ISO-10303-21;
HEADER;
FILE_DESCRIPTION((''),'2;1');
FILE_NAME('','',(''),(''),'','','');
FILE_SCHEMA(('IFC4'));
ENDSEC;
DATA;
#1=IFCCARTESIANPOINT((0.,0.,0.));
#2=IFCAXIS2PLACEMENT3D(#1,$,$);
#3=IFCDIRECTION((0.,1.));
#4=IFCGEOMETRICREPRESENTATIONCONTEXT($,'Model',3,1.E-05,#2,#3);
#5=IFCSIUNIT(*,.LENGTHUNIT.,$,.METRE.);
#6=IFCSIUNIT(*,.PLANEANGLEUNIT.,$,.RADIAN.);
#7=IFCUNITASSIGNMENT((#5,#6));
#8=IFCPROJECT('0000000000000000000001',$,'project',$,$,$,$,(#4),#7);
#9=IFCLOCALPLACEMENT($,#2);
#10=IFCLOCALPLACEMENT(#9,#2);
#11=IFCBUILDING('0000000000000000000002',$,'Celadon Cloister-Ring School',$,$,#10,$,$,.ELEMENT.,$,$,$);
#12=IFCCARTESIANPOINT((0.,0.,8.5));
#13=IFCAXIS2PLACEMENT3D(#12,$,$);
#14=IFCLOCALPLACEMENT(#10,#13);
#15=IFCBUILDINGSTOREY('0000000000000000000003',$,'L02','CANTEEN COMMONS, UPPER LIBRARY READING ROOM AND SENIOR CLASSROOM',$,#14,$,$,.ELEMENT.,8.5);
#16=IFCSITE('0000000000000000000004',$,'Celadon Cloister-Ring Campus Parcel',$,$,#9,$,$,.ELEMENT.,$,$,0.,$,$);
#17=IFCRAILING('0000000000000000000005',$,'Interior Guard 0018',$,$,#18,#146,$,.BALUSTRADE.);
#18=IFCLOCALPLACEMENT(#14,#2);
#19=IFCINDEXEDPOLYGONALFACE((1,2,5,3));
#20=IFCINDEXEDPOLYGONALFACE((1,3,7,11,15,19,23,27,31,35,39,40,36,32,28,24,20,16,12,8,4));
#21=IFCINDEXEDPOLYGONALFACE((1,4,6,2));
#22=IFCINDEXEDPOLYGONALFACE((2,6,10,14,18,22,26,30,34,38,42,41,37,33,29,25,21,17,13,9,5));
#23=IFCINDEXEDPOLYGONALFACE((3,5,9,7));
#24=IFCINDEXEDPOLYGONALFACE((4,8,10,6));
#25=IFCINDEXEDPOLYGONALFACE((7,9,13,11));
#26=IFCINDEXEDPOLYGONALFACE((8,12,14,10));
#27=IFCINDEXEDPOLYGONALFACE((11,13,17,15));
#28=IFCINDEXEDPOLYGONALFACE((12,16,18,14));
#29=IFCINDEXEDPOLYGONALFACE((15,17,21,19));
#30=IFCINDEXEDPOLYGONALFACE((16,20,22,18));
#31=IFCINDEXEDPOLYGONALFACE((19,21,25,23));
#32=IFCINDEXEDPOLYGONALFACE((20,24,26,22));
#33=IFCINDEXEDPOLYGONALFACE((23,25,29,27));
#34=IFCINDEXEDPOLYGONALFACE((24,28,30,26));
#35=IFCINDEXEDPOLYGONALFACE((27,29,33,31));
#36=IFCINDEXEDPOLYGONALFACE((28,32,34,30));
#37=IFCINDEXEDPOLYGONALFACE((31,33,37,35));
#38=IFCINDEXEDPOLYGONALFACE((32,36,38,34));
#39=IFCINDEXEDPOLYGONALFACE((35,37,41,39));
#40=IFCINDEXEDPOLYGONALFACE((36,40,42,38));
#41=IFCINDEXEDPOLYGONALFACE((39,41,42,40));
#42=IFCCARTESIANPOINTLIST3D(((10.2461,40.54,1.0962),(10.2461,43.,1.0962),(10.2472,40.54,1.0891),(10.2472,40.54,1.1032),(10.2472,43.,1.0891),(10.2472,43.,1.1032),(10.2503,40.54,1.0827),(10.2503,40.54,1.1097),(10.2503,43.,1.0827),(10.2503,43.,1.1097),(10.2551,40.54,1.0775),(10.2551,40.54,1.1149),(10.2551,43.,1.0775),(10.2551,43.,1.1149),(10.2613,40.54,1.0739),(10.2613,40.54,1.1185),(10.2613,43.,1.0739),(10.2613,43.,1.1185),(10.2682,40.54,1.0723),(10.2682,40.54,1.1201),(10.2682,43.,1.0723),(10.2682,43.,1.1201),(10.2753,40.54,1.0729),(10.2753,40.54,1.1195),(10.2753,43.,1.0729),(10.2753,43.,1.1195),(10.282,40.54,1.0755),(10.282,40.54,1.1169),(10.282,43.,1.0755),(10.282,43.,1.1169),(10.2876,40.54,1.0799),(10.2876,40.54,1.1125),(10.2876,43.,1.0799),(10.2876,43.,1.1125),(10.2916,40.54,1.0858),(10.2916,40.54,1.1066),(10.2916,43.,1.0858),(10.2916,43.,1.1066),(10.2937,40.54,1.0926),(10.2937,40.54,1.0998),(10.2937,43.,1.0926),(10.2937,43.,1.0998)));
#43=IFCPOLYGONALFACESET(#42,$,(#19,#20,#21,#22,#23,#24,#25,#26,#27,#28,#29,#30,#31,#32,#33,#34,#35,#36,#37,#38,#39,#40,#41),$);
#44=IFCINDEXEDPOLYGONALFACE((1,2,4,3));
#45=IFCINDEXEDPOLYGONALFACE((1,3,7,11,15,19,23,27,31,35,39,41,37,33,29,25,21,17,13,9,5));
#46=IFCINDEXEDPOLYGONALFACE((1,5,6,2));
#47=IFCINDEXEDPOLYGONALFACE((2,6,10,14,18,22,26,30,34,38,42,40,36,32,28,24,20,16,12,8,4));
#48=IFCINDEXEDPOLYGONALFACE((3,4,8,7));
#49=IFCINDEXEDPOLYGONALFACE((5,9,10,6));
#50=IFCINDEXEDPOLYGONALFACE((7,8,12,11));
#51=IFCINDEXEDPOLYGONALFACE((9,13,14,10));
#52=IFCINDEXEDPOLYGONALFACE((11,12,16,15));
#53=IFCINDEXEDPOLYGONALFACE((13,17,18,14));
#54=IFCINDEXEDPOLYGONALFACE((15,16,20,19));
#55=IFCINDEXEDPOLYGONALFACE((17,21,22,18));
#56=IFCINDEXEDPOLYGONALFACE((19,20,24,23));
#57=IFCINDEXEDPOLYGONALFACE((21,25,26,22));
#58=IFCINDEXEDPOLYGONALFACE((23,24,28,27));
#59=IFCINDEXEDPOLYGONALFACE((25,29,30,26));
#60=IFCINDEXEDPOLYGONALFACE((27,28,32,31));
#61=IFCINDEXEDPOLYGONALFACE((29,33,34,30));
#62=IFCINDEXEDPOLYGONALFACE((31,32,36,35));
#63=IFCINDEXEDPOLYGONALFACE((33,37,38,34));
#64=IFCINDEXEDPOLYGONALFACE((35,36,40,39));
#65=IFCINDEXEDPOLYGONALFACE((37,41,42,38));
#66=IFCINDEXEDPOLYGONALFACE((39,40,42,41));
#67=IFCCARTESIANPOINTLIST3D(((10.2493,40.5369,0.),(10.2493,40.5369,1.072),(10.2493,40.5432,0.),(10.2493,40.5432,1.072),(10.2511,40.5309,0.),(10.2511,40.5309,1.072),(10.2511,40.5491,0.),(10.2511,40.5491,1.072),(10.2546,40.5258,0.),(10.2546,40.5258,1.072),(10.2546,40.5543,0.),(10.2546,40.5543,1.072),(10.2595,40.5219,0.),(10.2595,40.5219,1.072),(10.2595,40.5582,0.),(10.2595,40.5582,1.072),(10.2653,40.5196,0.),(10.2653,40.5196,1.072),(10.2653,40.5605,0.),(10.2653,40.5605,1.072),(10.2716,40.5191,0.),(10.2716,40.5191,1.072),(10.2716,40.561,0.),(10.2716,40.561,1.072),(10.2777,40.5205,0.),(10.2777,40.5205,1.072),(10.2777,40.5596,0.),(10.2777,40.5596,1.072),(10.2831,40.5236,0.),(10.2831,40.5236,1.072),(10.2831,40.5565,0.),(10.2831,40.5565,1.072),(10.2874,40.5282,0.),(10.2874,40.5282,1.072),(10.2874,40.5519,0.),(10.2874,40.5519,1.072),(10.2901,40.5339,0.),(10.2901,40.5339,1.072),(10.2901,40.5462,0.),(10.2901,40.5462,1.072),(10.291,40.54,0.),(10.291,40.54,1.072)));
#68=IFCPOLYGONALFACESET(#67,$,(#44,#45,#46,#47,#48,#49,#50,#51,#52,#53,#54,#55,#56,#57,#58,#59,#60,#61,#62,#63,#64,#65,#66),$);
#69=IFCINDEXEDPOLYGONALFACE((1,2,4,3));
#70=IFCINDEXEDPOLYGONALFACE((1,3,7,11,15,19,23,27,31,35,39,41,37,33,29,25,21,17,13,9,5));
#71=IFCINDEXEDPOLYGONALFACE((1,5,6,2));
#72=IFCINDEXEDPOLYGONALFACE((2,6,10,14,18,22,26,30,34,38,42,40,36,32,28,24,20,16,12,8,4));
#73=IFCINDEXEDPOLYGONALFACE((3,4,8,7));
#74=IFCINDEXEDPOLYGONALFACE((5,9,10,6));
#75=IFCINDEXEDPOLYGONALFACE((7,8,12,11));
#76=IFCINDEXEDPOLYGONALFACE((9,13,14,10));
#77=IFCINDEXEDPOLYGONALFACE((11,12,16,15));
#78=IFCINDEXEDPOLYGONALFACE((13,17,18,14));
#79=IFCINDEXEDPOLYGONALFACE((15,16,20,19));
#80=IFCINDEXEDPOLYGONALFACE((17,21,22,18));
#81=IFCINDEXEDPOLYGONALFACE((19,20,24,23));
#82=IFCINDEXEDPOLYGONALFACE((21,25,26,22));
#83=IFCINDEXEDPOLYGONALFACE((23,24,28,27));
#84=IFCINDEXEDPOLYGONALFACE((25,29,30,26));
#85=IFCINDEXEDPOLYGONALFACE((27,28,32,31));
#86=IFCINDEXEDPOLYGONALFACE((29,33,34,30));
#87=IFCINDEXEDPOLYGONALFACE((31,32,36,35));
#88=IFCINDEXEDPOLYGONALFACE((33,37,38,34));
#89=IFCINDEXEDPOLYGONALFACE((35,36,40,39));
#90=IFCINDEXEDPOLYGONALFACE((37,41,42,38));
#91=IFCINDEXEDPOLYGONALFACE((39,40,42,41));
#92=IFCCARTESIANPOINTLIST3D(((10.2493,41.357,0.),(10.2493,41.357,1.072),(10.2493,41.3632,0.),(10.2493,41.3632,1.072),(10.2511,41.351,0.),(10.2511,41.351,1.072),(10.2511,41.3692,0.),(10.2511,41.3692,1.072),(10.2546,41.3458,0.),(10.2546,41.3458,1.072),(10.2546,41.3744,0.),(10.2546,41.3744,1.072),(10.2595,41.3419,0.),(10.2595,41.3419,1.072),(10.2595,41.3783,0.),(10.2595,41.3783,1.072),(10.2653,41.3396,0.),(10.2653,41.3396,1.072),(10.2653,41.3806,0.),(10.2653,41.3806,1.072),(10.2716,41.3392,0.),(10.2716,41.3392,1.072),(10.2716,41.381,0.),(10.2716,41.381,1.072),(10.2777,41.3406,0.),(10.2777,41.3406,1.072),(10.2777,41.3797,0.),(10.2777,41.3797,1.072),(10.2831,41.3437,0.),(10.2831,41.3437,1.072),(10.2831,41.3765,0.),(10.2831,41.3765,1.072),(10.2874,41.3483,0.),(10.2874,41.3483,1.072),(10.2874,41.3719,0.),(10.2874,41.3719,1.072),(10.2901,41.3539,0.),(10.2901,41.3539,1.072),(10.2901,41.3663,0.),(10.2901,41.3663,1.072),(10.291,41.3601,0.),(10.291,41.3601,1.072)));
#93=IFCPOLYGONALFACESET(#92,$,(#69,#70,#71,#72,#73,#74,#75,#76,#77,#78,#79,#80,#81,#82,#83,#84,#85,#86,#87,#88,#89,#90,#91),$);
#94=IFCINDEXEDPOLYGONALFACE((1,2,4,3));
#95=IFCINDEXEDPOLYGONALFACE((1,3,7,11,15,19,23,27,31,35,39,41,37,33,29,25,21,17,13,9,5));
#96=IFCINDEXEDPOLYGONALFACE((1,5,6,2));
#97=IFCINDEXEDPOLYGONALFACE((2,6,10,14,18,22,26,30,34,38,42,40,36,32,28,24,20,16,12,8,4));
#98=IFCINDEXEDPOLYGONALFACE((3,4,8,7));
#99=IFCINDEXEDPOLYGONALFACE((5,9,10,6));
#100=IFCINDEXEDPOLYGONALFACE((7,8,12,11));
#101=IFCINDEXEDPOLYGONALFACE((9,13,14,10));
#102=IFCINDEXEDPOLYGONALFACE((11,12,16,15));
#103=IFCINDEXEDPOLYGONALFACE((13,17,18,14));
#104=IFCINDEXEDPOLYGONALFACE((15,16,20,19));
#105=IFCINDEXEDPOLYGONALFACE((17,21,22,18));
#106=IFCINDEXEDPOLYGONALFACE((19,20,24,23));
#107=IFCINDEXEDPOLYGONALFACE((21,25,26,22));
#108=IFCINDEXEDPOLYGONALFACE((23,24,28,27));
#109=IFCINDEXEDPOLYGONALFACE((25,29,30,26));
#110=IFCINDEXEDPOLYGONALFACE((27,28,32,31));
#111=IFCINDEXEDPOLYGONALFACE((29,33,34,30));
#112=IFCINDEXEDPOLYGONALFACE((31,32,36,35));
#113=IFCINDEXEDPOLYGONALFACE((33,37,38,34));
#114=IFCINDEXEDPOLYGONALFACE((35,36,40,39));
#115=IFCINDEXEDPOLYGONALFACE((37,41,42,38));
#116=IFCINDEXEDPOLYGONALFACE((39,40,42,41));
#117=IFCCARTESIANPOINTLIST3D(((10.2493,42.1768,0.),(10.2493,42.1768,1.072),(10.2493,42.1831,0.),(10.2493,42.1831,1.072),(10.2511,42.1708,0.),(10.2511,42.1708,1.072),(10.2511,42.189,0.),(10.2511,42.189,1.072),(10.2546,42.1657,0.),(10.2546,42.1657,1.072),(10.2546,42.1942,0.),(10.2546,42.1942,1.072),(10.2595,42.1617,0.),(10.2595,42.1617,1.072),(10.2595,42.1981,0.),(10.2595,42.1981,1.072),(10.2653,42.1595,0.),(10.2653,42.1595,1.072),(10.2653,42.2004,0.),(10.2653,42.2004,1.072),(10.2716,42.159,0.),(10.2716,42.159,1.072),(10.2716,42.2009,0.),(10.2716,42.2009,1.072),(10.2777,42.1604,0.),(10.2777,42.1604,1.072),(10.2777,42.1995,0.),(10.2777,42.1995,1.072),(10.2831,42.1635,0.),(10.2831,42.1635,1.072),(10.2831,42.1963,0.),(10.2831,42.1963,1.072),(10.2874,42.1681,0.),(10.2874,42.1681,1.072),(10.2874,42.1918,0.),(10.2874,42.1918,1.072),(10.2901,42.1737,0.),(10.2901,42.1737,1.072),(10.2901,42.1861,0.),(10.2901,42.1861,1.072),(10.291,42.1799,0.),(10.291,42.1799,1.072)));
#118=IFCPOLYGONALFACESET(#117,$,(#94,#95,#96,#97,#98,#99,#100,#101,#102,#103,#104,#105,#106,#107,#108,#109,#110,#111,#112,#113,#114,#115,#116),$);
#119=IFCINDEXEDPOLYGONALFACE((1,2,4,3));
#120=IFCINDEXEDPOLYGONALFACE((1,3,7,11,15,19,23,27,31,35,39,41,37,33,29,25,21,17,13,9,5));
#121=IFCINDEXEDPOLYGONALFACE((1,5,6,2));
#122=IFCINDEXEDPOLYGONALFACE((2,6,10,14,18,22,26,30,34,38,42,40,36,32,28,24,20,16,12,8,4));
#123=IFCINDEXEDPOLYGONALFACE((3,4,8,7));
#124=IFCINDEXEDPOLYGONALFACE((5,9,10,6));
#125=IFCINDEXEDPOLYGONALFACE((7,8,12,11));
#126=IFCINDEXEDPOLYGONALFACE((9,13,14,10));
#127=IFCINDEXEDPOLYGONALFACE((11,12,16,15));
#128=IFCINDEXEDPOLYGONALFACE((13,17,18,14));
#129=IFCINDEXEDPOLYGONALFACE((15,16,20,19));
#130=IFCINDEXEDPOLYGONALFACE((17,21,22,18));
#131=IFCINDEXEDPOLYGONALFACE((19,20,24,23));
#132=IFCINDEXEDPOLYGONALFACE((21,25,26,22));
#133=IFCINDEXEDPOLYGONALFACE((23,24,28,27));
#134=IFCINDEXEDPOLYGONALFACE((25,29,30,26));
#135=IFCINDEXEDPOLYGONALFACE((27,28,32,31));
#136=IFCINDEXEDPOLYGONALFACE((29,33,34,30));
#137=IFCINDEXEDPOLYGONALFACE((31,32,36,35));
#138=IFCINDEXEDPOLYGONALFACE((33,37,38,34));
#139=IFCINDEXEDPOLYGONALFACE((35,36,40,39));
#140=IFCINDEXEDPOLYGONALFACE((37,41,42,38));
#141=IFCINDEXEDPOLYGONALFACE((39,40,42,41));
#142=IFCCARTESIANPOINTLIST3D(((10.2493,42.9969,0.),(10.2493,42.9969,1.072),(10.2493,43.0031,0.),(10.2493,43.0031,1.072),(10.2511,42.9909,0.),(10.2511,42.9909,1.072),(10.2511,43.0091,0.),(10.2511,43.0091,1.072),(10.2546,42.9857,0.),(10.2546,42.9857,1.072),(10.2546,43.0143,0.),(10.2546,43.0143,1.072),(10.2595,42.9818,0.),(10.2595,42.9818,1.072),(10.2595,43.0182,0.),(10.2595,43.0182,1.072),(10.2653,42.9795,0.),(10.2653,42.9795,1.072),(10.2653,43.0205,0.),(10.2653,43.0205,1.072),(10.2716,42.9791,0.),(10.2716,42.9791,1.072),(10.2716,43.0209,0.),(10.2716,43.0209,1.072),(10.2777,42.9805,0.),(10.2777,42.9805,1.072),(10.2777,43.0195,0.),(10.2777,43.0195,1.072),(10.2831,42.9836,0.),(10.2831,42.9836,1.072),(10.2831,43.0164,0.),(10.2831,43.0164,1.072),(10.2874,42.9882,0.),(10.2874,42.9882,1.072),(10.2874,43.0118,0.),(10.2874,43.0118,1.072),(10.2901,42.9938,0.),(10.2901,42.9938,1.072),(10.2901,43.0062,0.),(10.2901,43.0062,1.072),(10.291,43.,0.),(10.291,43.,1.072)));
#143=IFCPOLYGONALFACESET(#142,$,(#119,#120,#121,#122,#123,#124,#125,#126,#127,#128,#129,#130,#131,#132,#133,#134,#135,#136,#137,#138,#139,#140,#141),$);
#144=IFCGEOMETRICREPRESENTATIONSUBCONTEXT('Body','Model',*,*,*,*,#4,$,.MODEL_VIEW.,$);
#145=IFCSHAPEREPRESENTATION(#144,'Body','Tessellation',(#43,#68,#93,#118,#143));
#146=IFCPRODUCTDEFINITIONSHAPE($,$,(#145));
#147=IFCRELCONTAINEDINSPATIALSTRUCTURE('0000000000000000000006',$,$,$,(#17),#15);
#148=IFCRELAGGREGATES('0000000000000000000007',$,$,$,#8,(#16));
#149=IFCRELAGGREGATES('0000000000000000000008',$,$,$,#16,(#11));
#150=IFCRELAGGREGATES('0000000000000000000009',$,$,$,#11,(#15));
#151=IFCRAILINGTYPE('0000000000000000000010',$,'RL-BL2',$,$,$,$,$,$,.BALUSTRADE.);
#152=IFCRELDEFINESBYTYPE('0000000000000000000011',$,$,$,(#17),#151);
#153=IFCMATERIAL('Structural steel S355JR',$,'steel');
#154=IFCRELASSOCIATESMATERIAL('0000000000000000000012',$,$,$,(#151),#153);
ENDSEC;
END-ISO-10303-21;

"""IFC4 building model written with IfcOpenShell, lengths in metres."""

from ifc_helpers import new_model, si_unit, direction, frame, origin, origin_2d, place, context, subcontext, project, spatial, circle, extrude, material, type_object, element, save


model = new_model("IFC4")

# Units and contexts
model_context = context("Model", 3, precision=1e-05, world=origin(), true_north=direction((0.0, 1.0)))
body_context = subcontext(model_context, "Body", "Model", "MODEL_VIEW")
ifc_project = project(units=[si_unit("LENGTHUNIT", "METRE"), si_unit("PLANEANGLEUNIT", "RADIAN")], contexts=[model_context])

# Site, building, storey
site_placement = place(None, origin())
site = spatial("IfcSite", under=ifc_project, at=site_placement, Name="Celadon Cloister-Ring Campus Parcel", CompositionType="ELEMENT", RefElevation=0.0)
building_placement = place(site_placement, origin())
building = spatial("IfcBuilding", under=site, at=building_placement, Name="Celadon Cloister-Ring School", CompositionType="ELEMENT")
storey_placement = place(building_placement, frame((0.0, 0.0, 8.5)))
storey = spatial("IfcBuildingStorey", under=building, at=storey_placement, Name="L02", Description="CANTEEN COMMONS, UPPER LIBRARY READING ROOM AND SENIOR CLASSROOM", CompositionType="ELEMENT", Elevation=8.5)

# Railing
ifc_material_1 = material(Name="Structural steel S355JR", Category="steel")
railing_type_1 = type_object("IfcRailingType", Name="RL-BL2", PredefinedType="BALUSTRADE", material=ifc_material_1)
railing_1_placement = place(storey_placement, frame((10.27, 40.54, 0.0)))
element("IfcRailing", 1, at=railing_1_placement, inside=storey, type_object=railing_type_1, Name="Interior Guard 0018", PredefinedType="BALUSTRADE", context=body_context, shape_type="SweptSolid", body=[
    extrude(circle(Radius=0.0239, at=origin_2d()), frame((0.0, 0.0, 1.0962), z_axis=(0.0, 1.0, 0.0), x_axis=(-1.0, 0.0, 0.0)), (0.0, 0.0, 1.0), 2.46),
    extrude(circle(Radius=0.021, at=origin_2d()), origin(), (0.0, 0.0, 1.0), 1.072),
    extrude(circle(Radius=0.021, at=origin_2d()), frame((0.0, 0.8201, 0.0)), (0.0, 0.0, 1.0), 1.072),
    extrude(circle(Radius=0.021, at=origin_2d()), frame((0.0, 1.6399, 0.0)), (0.0, 0.0, 1.0), 1.072),
    extrude(circle(Radius=0.021, at=origin_2d()), frame((0.0, 2.46, 0.0)), (0.0, 0.0, 1.0), 1.072),
])

save(model, "model.ifc")
